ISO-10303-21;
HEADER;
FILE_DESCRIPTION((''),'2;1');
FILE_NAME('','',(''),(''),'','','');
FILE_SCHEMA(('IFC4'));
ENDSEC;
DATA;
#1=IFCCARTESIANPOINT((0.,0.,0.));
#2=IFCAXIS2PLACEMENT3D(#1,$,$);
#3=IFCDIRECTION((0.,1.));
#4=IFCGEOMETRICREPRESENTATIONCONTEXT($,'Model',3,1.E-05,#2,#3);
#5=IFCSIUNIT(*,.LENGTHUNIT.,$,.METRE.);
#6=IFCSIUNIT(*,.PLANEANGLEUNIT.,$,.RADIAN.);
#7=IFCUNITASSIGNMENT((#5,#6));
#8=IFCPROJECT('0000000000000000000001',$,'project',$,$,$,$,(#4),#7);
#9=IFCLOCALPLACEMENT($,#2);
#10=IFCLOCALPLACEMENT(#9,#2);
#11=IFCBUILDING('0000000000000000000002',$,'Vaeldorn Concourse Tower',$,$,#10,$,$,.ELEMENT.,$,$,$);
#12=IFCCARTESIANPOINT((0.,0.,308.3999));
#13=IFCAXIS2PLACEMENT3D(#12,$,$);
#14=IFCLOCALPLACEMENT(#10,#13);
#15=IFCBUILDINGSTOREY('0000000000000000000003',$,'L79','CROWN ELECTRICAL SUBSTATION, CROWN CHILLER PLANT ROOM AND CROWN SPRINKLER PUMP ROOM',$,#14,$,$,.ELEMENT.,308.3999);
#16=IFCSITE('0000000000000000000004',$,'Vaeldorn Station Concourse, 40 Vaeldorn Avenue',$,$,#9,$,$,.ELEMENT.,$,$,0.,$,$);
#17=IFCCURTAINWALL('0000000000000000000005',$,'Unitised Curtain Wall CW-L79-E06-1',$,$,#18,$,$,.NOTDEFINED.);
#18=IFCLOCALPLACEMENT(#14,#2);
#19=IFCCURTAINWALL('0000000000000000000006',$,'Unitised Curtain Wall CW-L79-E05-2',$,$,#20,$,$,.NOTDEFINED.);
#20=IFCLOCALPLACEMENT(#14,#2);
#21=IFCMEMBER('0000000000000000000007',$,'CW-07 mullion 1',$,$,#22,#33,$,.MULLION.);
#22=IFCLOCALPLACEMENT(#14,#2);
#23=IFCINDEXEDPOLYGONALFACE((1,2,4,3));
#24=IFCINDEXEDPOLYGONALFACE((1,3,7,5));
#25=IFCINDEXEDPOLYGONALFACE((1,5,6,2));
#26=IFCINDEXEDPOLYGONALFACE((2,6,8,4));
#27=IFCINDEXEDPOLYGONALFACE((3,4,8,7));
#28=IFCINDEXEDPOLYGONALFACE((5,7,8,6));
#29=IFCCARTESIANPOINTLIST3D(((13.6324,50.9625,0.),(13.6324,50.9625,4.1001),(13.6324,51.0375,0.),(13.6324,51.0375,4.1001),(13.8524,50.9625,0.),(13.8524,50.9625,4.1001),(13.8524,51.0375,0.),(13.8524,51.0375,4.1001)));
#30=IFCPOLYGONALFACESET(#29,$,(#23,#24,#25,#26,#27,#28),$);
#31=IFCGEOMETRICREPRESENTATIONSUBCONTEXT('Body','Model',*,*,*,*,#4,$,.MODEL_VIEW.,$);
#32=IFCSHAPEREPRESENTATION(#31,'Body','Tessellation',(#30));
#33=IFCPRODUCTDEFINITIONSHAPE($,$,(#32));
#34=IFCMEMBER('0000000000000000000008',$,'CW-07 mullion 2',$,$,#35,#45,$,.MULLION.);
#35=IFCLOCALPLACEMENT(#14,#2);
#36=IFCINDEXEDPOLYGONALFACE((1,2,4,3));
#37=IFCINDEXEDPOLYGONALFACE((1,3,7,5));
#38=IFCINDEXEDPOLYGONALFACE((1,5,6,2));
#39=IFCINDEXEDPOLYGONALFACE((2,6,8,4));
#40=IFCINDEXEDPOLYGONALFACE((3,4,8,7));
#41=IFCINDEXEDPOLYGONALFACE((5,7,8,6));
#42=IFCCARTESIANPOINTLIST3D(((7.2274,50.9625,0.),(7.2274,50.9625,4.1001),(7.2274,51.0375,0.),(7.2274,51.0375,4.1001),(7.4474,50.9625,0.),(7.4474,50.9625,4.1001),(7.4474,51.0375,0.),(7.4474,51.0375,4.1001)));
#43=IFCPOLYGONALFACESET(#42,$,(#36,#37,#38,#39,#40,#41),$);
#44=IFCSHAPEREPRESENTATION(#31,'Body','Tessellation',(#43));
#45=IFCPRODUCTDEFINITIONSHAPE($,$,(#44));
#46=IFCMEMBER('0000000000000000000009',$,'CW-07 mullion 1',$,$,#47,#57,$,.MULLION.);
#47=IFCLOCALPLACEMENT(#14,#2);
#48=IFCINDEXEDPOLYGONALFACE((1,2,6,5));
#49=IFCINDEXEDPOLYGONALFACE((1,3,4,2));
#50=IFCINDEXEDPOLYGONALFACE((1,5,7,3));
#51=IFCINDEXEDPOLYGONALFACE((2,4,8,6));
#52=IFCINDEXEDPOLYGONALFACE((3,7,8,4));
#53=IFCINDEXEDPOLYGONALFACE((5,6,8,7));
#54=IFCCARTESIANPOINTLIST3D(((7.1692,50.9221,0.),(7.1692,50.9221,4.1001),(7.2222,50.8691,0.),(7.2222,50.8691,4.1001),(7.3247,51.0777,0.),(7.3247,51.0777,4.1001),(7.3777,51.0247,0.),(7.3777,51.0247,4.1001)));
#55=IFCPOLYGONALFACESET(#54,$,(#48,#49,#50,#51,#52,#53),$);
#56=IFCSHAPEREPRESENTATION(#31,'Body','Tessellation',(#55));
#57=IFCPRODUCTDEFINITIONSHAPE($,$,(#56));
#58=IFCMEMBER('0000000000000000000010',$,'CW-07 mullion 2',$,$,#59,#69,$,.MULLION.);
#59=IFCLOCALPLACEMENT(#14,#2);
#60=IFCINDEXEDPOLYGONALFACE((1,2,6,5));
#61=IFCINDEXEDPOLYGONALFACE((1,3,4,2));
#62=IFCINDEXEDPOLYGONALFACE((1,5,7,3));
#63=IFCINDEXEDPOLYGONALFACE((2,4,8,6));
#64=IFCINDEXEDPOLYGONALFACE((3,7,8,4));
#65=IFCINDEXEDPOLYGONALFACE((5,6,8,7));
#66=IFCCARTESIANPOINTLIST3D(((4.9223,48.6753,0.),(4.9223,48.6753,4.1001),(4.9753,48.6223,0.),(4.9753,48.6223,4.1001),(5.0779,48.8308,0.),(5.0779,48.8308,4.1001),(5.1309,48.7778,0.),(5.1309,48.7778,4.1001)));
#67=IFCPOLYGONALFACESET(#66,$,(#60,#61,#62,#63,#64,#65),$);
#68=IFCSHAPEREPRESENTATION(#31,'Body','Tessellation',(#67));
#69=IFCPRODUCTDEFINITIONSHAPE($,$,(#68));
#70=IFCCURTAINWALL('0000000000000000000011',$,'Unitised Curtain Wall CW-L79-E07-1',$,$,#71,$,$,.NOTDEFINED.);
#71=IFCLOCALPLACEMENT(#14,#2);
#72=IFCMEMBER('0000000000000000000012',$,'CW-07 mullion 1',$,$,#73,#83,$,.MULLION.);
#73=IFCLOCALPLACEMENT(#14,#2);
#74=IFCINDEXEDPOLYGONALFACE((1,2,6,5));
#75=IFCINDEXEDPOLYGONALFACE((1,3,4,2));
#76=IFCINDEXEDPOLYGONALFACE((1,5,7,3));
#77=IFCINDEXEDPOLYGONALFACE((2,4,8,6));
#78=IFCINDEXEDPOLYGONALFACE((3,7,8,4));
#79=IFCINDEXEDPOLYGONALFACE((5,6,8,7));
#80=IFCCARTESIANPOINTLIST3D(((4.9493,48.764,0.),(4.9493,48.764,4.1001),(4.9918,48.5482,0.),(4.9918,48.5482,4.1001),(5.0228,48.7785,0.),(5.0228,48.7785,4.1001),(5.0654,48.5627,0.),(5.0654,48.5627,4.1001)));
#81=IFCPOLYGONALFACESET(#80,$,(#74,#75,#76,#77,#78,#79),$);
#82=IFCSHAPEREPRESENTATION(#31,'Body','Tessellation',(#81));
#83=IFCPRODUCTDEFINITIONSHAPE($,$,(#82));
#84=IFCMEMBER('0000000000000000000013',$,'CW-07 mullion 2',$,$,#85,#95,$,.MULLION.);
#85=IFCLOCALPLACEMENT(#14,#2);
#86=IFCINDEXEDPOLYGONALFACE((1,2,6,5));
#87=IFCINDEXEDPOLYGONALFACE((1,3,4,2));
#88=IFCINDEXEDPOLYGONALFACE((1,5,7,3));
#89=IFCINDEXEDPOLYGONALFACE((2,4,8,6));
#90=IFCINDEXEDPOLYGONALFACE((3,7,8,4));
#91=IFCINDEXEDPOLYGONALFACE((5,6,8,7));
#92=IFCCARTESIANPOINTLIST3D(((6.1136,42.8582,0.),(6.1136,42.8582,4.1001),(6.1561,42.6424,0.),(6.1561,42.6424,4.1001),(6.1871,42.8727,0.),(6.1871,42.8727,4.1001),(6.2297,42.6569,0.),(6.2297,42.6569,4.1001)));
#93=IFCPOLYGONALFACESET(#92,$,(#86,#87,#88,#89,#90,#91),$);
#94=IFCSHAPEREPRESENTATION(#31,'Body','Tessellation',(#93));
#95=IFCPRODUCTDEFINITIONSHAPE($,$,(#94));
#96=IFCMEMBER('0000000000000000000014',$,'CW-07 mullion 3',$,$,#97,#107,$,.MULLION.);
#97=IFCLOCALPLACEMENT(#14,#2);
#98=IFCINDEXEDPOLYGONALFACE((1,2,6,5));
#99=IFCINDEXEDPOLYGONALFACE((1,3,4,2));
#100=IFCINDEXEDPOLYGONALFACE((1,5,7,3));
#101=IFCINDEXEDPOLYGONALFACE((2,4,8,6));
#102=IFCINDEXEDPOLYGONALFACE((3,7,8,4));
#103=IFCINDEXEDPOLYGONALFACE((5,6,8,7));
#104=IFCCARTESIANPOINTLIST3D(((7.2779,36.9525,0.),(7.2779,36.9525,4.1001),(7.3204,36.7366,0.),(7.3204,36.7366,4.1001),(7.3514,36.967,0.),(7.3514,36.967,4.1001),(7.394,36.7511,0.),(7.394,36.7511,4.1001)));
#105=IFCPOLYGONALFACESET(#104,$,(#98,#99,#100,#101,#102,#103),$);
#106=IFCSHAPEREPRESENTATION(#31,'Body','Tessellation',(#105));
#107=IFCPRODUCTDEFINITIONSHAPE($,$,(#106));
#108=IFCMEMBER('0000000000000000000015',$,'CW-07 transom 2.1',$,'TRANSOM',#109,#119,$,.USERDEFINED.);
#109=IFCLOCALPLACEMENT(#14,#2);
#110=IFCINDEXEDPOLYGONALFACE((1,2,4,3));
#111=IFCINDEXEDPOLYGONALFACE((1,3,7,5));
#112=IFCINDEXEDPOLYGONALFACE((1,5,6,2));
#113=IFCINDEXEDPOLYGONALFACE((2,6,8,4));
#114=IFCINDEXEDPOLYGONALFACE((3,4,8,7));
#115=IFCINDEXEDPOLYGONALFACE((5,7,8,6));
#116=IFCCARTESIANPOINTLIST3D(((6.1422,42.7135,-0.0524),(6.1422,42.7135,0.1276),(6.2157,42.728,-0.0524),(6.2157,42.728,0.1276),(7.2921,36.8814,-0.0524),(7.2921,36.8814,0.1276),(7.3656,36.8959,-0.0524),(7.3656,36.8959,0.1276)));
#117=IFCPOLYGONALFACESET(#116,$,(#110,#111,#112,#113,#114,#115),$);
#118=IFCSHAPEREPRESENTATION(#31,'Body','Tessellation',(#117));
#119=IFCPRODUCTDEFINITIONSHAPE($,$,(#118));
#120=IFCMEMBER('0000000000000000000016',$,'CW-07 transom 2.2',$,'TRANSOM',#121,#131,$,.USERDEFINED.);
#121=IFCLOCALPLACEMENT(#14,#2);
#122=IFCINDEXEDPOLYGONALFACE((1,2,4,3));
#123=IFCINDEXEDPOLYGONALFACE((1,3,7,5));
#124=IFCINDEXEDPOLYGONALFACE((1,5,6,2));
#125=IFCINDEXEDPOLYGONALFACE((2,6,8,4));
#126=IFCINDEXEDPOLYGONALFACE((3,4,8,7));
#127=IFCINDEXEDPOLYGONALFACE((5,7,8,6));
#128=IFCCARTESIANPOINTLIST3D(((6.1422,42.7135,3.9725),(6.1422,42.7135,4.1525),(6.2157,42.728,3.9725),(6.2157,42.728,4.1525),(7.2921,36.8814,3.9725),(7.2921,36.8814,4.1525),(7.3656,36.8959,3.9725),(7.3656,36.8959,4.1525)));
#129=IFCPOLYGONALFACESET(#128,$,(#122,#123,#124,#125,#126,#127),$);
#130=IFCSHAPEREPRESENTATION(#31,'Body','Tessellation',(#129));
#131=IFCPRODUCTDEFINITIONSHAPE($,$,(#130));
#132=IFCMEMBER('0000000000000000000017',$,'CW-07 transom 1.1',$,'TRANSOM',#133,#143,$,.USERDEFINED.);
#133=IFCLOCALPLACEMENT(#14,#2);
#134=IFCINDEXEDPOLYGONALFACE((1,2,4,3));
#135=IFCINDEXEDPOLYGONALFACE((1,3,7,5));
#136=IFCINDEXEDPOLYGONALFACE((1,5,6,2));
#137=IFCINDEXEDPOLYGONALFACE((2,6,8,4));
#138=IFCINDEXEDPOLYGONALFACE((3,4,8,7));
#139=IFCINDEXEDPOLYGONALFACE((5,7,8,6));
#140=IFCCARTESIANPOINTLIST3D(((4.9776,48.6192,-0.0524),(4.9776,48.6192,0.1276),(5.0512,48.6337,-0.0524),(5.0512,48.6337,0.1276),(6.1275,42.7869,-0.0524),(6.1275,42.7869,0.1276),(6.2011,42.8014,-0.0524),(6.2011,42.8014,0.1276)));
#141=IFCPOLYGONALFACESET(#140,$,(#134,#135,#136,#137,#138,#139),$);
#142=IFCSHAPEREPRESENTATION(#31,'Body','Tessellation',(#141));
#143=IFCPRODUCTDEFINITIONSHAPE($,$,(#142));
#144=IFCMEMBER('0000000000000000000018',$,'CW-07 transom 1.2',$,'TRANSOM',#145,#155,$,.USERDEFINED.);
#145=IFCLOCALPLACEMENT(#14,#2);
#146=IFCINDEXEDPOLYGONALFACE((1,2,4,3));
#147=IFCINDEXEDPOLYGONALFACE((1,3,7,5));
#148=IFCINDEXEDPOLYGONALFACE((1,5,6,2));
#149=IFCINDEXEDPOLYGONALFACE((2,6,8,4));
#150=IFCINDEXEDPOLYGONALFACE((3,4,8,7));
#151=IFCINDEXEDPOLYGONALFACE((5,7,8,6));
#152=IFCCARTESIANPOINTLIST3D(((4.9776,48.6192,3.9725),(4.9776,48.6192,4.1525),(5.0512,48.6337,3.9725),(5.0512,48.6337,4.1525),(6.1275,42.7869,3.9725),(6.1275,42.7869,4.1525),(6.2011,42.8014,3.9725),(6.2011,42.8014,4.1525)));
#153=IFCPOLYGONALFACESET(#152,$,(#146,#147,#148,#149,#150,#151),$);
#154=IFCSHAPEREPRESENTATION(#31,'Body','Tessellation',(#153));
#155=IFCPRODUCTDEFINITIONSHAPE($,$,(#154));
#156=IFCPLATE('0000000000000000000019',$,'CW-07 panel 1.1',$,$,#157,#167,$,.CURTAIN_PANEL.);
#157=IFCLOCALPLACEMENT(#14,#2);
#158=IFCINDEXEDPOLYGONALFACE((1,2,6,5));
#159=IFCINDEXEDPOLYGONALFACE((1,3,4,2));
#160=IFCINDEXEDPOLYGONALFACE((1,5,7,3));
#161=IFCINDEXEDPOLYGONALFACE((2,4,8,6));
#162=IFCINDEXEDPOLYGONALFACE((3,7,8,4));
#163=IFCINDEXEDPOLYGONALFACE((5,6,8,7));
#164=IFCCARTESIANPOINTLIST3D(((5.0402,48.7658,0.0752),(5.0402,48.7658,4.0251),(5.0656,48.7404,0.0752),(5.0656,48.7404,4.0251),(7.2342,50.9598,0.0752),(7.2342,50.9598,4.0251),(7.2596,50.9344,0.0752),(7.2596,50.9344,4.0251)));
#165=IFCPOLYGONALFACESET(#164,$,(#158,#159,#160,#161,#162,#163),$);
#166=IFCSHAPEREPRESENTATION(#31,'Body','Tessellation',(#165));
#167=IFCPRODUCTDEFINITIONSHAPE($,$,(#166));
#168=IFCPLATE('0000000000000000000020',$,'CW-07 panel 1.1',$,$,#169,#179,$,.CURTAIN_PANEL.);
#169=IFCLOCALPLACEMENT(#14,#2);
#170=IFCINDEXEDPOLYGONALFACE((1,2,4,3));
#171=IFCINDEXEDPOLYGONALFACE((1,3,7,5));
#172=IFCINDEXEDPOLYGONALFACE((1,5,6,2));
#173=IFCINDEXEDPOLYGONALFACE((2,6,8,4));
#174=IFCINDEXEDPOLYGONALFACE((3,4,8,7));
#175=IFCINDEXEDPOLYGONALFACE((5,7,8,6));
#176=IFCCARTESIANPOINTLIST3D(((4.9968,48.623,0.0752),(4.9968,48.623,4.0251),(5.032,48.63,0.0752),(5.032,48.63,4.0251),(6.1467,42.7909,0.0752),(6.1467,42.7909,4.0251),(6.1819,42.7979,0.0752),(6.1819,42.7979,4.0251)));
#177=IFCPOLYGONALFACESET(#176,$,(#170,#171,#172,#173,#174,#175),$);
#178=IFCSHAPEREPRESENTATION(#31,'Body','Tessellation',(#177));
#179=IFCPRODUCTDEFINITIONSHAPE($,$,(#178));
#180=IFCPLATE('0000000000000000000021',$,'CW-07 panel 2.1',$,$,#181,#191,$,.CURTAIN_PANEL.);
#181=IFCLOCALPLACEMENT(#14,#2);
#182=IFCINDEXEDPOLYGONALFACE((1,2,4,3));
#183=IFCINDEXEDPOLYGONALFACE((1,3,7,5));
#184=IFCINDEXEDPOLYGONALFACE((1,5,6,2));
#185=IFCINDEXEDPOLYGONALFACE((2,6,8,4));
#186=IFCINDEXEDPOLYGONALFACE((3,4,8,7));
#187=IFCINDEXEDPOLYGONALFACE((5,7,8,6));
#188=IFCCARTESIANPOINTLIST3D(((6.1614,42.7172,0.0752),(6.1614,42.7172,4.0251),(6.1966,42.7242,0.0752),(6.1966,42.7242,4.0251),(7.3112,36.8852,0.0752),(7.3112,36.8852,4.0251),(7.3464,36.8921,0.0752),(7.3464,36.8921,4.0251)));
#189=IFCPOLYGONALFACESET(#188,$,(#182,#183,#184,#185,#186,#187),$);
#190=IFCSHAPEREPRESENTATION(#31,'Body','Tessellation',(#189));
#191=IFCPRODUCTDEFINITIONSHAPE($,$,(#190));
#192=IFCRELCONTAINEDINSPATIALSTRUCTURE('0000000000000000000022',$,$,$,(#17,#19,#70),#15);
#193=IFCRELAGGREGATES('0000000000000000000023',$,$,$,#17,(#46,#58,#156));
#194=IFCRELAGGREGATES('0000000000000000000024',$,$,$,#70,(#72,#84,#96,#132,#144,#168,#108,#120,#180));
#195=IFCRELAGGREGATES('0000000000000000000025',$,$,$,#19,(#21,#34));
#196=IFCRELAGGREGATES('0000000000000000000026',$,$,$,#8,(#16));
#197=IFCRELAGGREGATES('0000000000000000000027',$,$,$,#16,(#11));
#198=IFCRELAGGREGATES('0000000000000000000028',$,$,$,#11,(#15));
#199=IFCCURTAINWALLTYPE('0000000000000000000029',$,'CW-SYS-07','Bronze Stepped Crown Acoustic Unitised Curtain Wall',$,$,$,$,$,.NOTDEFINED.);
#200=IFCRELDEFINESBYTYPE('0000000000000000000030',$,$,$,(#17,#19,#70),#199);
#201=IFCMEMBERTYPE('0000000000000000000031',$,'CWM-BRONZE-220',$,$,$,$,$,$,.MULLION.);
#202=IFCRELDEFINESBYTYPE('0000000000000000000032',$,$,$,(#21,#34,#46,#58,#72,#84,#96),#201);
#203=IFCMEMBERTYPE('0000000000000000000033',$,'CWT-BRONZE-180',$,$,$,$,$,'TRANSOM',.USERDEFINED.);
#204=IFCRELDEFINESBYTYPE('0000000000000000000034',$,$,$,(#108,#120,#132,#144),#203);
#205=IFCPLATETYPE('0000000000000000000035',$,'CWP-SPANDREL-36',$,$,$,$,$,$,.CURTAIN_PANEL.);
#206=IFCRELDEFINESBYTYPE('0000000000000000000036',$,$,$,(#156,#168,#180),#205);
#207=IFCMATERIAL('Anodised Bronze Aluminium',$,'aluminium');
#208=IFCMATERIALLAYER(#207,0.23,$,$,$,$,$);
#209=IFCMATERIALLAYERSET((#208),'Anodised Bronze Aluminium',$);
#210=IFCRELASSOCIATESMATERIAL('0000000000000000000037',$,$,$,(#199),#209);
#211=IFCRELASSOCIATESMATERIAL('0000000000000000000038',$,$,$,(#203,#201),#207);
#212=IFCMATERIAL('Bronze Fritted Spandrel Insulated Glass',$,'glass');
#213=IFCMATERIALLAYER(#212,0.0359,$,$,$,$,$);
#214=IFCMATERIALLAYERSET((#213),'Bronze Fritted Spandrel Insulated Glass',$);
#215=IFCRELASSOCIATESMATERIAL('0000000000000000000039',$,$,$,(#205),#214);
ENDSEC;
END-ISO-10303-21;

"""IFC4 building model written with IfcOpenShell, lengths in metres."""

from ifc_helpers import new_model, si_unit, direction, frame, origin, origin_2d, place, context, subcontext, project, spatial, rectangle, extrude, source, transform, mapped, material, layer, layer_set, material_profile, profile_set, type_object, element, aggregate, save


model = new_model("IFC4")

# Units and contexts
model_context = context("Model", 3, precision=1e-05, world=origin(), true_north=direction((0.0, 1.0)))
body_context = subcontext(model_context, "Body", "Model", "MODEL_VIEW")
ifc_project = project(units=[si_unit("LENGTHUNIT", "METRE"), si_unit("PLANEANGLEUNIT", "RADIAN")], contexts=[model_context])

# Site, building, storey
site_placement = place(None, origin())
site = spatial("IfcSite", under=ifc_project, at=site_placement, Name="Vaeldorn Station Concourse, 40 Vaeldorn Avenue", CompositionType="ELEMENT", RefElevation=0.0)
building_placement = place(site_placement, origin())
building = spatial("IfcBuilding", under=site, at=building_placement, Name="Vaeldorn Concourse Tower", CompositionType="ELEMENT")
storey_placement = place(building_placement, frame((0.0, 0.0, 308.3999)))
storey = spatial("IfcBuildingStorey", under=building, at=storey_placement, Name="L79", Description="CROWN ELECTRICAL SUBSTATION, CROWN CHILLER PLANT ROOM AND CROWN SPRINKLER PUMP ROOM", CompositionType="ELEMENT", Elevation=308.3999)

# Curtain walls, members
ifc_material_1 = material(Name="Anodised Bronze Aluminium", Category="aluminium")
ifc_layer_1 = layer(ifc_material_1, 0.23)
ifc_layer_set_1 = layer_set([ifc_layer_1], Name="Anodised Bronze Aluminium")
curtain_wall_type = type_object("IfcCurtainWallType", Name="CW-SYS-07", Description="Bronze Stepped Crown Acoustic Unitised Curtain Wall", PredefinedType="NOTDEFINED", material=ifc_layer_set_1)
curtain_wall_1_placement = place(storey_placement, origin())
curtain_wall_1 = element("IfcCurtainWall", 1, at=curtain_wall_1_placement, inside=storey, type_object=curtain_wall_type, Name="Unitised Curtain Wall CW-L79-E06-1", PredefinedType="NOTDEFINED")
ifc_material_profile_1 = material_profile(ifc_material_1, rectangle(XDim=0.075, YDim=0.1799, at=origin_2d()), Name="CWT 75x180")
ifc_profile_set_1 = profile_set([ifc_material_profile_1], Name="Anodised Bronze Aluminium")
member_type_1 = type_object("IfcMemberType", Name="CWT-BRONZE-180", ElementType="TRANSOM", PredefinedType="USERDEFINED", material=ifc_profile_set_1)
curtain_wall_2_placement = place(storey_placement, origin())
curtain_wall_2 = element("IfcCurtainWall", 2, at=curtain_wall_2_placement, inside=storey, type_object=curtain_wall_type, Name="Unitised Curtain Wall CW-L79-E05-2", PredefinedType="NOTDEFINED")
ifc_material_profile_2 = material_profile(ifc_material_1, rectangle(XDim=0.075, YDim=0.22, at=origin_2d()), Name="CWM 75x220")
ifc_profile_set_2 = profile_set([ifc_material_profile_2], Name="Anodised Bronze Aluminium")
member_type_2 = type_object("IfcMemberType", Name="CWM-BRONZE-220", PredefinedType="MULLION", material=ifc_profile_set_2)
shared_shape_1 = source(origin(), body_context, "Body", "SweptSolid", [
    extrude(rectangle(XDim=0.075, YDim=0.22, at=origin_2d()), origin(), (0.0, 0.0, 1.0), 4.1001),
])
member_1_placement = place(storey_placement, frame((13.7424, 51.0, 0.0), z_axis=(0.0, 0.0, 1.0), x_axis=(0.0, -1.0, 0.0)))
member_1 = element("IfcMember", 3, at=member_1_placement, type_object=member_type_2, Name="CW-07 mullion 1", PredefinedType="MULLION", context=body_context, shape_type="MappedRepresentation", body=[
    mapped(shared_shape_1, transform((0.0, 0.0, 0.0), scale=1.0)),
])
member_2_placement = place(storey_placement, frame((7.3374, 51.0, 0.0), z_axis=(0.0, 0.0, 1.0), x_axis=(0.0, -1.0, 0.0)))
member_2 = element("IfcMember", 4, at=member_2_placement, type_object=member_type_2, Name="CW-07 mullion 2", PredefinedType="MULLION", context=body_context, shape_type="MappedRepresentation", body=[
    mapped(shared_shape_1, transform((0.0, 0.0, 0.0), scale=1.0)),
])

# Members
member_3_placement = place(storey_placement, frame((7.2734, 50.9734, 0.0), z_axis=(0.0, 0.0, 1.0), x_axis=(0.707107, -0.707107, 0.0)))
member_3 = element("IfcMember", 5, at=member_3_placement, type_object=member_type_2, Name="CW-07 mullion 1", PredefinedType="MULLION", context=body_context, shape_type="MappedRepresentation", body=[
    mapped(shared_shape_1, transform((0.0, 0.0, 0.0), scale=1.0)),
])
member_4_placement = place(storey_placement, frame((5.0266, 48.7266, 0.0), z_axis=(0.0, 0.0, 1.0), x_axis=(0.707107, -0.707107, 0.0)))
member_4 = element("IfcMember", 6, at=member_4_placement, type_object=member_type_2, Name="CW-07 mullion 2", PredefinedType="MULLION", context=body_context, shape_type="MappedRepresentation", body=[
    mapped(shared_shape_1, transform((0.0, 0.0, 0.0), scale=1.0)),
])

# Curtain wall, members
curtain_wall_3_placement = place(storey_placement, origin())
curtain_wall_3 = element("IfcCurtainWall", 7, at=curtain_wall_3_placement, inside=storey, type_object=curtain_wall_type, Name="Unitised Curtain Wall CW-L79-E07-1", PredefinedType="NOTDEFINED")
member_5_placement = place(storey_placement, frame((5.0073, 48.6633, 0.0), z_axis=(0.0, 0.0, 1.0), x_axis=(0.981112, 0.19344, 0.0)))
member_5 = element("IfcMember", 8, at=member_5_placement, type_object=member_type_2, Name="CW-07 mullion 1", PredefinedType="MULLION", context=body_context, shape_type="MappedRepresentation", body=[
    mapped(shared_shape_1, transform((0.0, 0.0, 0.0), scale=1.0)),
])
member_6_placement = place(storey_placement, frame((6.1716, 42.7576, 0.0), z_axis=(0.0, 0.0, 1.0), x_axis=(0.981112, 0.19344, 0.0)))
member_6 = element("IfcMember", 9, at=member_6_placement, type_object=member_type_2, Name="CW-07 mullion 2", PredefinedType="MULLION", context=body_context, shape_type="MappedRepresentation", body=[
    mapped(shared_shape_1, transform((0.0, 0.0, 0.0), scale=1.0)),
])
member_7_placement = place(storey_placement, frame((7.3359, 36.8518, 0.0), z_axis=(0.0, 0.0, 1.0), x_axis=(0.981112, 0.19344, 0.0)))
member_7 = element("IfcMember", 10, at=member_7_placement, type_object=member_type_2, Name="CW-07 mullion 3", PredefinedType="MULLION", context=body_context, shape_type="MappedRepresentation", body=[
    mapped(shared_shape_1, transform((0.0, 0.0, 0.0), scale=1.0)),
])
shared_shape_2 = source(origin(), body_context, "Body", "SweptSolid", [
    extrude(rectangle(XDim=0.075, YDim=0.1799, at=origin_2d()), origin(), (0.0, 0.0, 1.0), 5.9443),
])
member_8_placement = place(storey_placement, frame((6.179, 42.7207, 0.0376), z_axis=(0.193446, -0.981111, 0.0), x_axis=(0.981111, 0.193446, 0.0)))
member_8 = element("IfcMember", 11, at=member_8_placement, type_object=member_type_1, Name="CW-07 transom 2.1", ObjectType="TRANSOM", PredefinedType="USERDEFINED", context=body_context, shape_type="MappedRepresentation", body=[
    mapped(shared_shape_2, transform((0.0, 0.0, 0.0), scale=1.0)),
])
member_9_placement = place(storey_placement, frame((6.179, 42.7207, 4.0625), z_axis=(0.193446, -0.981111, 0.0), x_axis=(0.981111, 0.193446, 0.0)))
member_9 = element("IfcMember", 12, at=member_9_placement, type_object=member_type_1, Name="CW-07 transom 2.2", ObjectType="TRANSOM", PredefinedType="USERDEFINED", context=body_context, shape_type="MappedRepresentation", body=[
    mapped(shared_shape_2, transform((0.0, 0.0, 0.0), scale=1.0)),
])
shared_shape_3 = source(origin(), body_context, "Body", "SweptSolid", [
    extrude(rectangle(XDim=0.075, YDim=0.1799, at=origin_2d()), origin(), (0.0, 0.0, 1.0), 5.9446),
])
member_10_placement = place(storey_placement, frame((5.0144, 48.6265, 0.0376), z_axis=(0.193438, -0.981113, 0.0), x_axis=(0.981113, 0.193438, 0.0)))
member_10 = element("IfcMember", 13, at=member_10_placement, type_object=member_type_1, Name="CW-07 transom 1.1", ObjectType="TRANSOM", PredefinedType="USERDEFINED", context=body_context, shape_type="MappedRepresentation", body=[
    mapped(shared_shape_3, transform((0.0, 0.0, 0.0), scale=1.0)),
])
member_11_placement = place(storey_placement, frame((5.0144, 48.6265, 4.0625), z_axis=(0.193438, -0.981113, 0.0), x_axis=(0.981113, 0.193438, 0.0)))
member_11 = element("IfcMember", 14, at=member_11_placement, type_object=member_type_1, Name="CW-07 transom 1.2", ObjectType="TRANSOM", PredefinedType="USERDEFINED", context=body_context, shape_type="MappedRepresentation", body=[
    mapped(shared_shape_3, transform((0.0, 0.0, 0.0), scale=1.0)),
])

# Plates
ifc_material_2 = material(Name="Bronze Fritted Spandrel Insulated Glass", Category="glass")
ifc_layer_2 = layer(ifc_material_2, 0.0359)
ifc_layer_set_2 = layer_set([ifc_layer_2], Name="Bronze Fritted Spandrel Insulated Glass")
plate_type = type_object("IfcPlateType", Name="CWP-SPANDREL-36", PredefinedType="CURTAIN_PANEL", material=ifc_layer_set_2)
shared_shape_4 = source(origin(), body_context, "Body", "SweptSolid", [
    extrude(rectangle(XDim=3.1028, YDim=0.0359, at=origin_2d()), origin(), (0.0, 0.0, 1.0), 3.95),
])
plate_1_placement = place(storey_placement, frame((6.1499, 49.8501, 0.0752), z_axis=(0.0, 0.0, 1.0), x_axis=(-0.707107, -0.707107, 0.0)))
plate_1 = element("IfcPlate", 15, at=plate_1_placement, type_object=plate_type, Name="CW-07 panel 1.1", PredefinedType="CURTAIN_PANEL", context=body_context, shape_type="MappedRepresentation", body=[
    mapped(shared_shape_4, transform((0.0, 0.0, 0.0), scale=1.0)),
])
aggregate(curtain_wall_1, [member_3, member_4, plate_1])
shared_shape_5 = source(origin(), body_context, "Body", "SweptSolid", [
    extrude(rectangle(XDim=5.9443, YDim=0.0359, at=origin_2d()), origin(), (0.0, 0.0, 1.0), 3.95),
])
plate_2_placement = place(storey_placement, frame((5.5894, 45.7104, 0.0752), z_axis=(0.0, 0.0, 1.0), x_axis=(0.19344, -0.981112, 0.0)))
plate_2 = element("IfcPlate", 16, at=plate_2_placement, type_object=plate_type, Name="CW-07 panel 1.1", PredefinedType="CURTAIN_PANEL", context=body_context, shape_type="MappedRepresentation", body=[
    mapped(shared_shape_5, transform((0.0, 0.0, 0.0), scale=1.0)),
])
plate_3_placement = place(storey_placement, frame((6.7539, 39.8047, 0.0752), z_axis=(0.0, 0.0, 1.0), x_axis=(0.19344, -0.981112, 0.0)))
plate_3 = element("IfcPlate", 17, at=plate_3_placement, type_object=plate_type, Name="CW-07 panel 2.1", PredefinedType="CURTAIN_PANEL", context=body_context, shape_type="MappedRepresentation", body=[
    mapped(shared_shape_5, transform((0.0, 0.0, 0.0), scale=1.0)),
])
aggregate(curtain_wall_3, [member_5, member_6, member_7, member_10, member_11, plate_2, member_8, member_9, plate_3])
aggregate(curtain_wall_2, [member_1, member_2])

save(model, "model.ifc")
